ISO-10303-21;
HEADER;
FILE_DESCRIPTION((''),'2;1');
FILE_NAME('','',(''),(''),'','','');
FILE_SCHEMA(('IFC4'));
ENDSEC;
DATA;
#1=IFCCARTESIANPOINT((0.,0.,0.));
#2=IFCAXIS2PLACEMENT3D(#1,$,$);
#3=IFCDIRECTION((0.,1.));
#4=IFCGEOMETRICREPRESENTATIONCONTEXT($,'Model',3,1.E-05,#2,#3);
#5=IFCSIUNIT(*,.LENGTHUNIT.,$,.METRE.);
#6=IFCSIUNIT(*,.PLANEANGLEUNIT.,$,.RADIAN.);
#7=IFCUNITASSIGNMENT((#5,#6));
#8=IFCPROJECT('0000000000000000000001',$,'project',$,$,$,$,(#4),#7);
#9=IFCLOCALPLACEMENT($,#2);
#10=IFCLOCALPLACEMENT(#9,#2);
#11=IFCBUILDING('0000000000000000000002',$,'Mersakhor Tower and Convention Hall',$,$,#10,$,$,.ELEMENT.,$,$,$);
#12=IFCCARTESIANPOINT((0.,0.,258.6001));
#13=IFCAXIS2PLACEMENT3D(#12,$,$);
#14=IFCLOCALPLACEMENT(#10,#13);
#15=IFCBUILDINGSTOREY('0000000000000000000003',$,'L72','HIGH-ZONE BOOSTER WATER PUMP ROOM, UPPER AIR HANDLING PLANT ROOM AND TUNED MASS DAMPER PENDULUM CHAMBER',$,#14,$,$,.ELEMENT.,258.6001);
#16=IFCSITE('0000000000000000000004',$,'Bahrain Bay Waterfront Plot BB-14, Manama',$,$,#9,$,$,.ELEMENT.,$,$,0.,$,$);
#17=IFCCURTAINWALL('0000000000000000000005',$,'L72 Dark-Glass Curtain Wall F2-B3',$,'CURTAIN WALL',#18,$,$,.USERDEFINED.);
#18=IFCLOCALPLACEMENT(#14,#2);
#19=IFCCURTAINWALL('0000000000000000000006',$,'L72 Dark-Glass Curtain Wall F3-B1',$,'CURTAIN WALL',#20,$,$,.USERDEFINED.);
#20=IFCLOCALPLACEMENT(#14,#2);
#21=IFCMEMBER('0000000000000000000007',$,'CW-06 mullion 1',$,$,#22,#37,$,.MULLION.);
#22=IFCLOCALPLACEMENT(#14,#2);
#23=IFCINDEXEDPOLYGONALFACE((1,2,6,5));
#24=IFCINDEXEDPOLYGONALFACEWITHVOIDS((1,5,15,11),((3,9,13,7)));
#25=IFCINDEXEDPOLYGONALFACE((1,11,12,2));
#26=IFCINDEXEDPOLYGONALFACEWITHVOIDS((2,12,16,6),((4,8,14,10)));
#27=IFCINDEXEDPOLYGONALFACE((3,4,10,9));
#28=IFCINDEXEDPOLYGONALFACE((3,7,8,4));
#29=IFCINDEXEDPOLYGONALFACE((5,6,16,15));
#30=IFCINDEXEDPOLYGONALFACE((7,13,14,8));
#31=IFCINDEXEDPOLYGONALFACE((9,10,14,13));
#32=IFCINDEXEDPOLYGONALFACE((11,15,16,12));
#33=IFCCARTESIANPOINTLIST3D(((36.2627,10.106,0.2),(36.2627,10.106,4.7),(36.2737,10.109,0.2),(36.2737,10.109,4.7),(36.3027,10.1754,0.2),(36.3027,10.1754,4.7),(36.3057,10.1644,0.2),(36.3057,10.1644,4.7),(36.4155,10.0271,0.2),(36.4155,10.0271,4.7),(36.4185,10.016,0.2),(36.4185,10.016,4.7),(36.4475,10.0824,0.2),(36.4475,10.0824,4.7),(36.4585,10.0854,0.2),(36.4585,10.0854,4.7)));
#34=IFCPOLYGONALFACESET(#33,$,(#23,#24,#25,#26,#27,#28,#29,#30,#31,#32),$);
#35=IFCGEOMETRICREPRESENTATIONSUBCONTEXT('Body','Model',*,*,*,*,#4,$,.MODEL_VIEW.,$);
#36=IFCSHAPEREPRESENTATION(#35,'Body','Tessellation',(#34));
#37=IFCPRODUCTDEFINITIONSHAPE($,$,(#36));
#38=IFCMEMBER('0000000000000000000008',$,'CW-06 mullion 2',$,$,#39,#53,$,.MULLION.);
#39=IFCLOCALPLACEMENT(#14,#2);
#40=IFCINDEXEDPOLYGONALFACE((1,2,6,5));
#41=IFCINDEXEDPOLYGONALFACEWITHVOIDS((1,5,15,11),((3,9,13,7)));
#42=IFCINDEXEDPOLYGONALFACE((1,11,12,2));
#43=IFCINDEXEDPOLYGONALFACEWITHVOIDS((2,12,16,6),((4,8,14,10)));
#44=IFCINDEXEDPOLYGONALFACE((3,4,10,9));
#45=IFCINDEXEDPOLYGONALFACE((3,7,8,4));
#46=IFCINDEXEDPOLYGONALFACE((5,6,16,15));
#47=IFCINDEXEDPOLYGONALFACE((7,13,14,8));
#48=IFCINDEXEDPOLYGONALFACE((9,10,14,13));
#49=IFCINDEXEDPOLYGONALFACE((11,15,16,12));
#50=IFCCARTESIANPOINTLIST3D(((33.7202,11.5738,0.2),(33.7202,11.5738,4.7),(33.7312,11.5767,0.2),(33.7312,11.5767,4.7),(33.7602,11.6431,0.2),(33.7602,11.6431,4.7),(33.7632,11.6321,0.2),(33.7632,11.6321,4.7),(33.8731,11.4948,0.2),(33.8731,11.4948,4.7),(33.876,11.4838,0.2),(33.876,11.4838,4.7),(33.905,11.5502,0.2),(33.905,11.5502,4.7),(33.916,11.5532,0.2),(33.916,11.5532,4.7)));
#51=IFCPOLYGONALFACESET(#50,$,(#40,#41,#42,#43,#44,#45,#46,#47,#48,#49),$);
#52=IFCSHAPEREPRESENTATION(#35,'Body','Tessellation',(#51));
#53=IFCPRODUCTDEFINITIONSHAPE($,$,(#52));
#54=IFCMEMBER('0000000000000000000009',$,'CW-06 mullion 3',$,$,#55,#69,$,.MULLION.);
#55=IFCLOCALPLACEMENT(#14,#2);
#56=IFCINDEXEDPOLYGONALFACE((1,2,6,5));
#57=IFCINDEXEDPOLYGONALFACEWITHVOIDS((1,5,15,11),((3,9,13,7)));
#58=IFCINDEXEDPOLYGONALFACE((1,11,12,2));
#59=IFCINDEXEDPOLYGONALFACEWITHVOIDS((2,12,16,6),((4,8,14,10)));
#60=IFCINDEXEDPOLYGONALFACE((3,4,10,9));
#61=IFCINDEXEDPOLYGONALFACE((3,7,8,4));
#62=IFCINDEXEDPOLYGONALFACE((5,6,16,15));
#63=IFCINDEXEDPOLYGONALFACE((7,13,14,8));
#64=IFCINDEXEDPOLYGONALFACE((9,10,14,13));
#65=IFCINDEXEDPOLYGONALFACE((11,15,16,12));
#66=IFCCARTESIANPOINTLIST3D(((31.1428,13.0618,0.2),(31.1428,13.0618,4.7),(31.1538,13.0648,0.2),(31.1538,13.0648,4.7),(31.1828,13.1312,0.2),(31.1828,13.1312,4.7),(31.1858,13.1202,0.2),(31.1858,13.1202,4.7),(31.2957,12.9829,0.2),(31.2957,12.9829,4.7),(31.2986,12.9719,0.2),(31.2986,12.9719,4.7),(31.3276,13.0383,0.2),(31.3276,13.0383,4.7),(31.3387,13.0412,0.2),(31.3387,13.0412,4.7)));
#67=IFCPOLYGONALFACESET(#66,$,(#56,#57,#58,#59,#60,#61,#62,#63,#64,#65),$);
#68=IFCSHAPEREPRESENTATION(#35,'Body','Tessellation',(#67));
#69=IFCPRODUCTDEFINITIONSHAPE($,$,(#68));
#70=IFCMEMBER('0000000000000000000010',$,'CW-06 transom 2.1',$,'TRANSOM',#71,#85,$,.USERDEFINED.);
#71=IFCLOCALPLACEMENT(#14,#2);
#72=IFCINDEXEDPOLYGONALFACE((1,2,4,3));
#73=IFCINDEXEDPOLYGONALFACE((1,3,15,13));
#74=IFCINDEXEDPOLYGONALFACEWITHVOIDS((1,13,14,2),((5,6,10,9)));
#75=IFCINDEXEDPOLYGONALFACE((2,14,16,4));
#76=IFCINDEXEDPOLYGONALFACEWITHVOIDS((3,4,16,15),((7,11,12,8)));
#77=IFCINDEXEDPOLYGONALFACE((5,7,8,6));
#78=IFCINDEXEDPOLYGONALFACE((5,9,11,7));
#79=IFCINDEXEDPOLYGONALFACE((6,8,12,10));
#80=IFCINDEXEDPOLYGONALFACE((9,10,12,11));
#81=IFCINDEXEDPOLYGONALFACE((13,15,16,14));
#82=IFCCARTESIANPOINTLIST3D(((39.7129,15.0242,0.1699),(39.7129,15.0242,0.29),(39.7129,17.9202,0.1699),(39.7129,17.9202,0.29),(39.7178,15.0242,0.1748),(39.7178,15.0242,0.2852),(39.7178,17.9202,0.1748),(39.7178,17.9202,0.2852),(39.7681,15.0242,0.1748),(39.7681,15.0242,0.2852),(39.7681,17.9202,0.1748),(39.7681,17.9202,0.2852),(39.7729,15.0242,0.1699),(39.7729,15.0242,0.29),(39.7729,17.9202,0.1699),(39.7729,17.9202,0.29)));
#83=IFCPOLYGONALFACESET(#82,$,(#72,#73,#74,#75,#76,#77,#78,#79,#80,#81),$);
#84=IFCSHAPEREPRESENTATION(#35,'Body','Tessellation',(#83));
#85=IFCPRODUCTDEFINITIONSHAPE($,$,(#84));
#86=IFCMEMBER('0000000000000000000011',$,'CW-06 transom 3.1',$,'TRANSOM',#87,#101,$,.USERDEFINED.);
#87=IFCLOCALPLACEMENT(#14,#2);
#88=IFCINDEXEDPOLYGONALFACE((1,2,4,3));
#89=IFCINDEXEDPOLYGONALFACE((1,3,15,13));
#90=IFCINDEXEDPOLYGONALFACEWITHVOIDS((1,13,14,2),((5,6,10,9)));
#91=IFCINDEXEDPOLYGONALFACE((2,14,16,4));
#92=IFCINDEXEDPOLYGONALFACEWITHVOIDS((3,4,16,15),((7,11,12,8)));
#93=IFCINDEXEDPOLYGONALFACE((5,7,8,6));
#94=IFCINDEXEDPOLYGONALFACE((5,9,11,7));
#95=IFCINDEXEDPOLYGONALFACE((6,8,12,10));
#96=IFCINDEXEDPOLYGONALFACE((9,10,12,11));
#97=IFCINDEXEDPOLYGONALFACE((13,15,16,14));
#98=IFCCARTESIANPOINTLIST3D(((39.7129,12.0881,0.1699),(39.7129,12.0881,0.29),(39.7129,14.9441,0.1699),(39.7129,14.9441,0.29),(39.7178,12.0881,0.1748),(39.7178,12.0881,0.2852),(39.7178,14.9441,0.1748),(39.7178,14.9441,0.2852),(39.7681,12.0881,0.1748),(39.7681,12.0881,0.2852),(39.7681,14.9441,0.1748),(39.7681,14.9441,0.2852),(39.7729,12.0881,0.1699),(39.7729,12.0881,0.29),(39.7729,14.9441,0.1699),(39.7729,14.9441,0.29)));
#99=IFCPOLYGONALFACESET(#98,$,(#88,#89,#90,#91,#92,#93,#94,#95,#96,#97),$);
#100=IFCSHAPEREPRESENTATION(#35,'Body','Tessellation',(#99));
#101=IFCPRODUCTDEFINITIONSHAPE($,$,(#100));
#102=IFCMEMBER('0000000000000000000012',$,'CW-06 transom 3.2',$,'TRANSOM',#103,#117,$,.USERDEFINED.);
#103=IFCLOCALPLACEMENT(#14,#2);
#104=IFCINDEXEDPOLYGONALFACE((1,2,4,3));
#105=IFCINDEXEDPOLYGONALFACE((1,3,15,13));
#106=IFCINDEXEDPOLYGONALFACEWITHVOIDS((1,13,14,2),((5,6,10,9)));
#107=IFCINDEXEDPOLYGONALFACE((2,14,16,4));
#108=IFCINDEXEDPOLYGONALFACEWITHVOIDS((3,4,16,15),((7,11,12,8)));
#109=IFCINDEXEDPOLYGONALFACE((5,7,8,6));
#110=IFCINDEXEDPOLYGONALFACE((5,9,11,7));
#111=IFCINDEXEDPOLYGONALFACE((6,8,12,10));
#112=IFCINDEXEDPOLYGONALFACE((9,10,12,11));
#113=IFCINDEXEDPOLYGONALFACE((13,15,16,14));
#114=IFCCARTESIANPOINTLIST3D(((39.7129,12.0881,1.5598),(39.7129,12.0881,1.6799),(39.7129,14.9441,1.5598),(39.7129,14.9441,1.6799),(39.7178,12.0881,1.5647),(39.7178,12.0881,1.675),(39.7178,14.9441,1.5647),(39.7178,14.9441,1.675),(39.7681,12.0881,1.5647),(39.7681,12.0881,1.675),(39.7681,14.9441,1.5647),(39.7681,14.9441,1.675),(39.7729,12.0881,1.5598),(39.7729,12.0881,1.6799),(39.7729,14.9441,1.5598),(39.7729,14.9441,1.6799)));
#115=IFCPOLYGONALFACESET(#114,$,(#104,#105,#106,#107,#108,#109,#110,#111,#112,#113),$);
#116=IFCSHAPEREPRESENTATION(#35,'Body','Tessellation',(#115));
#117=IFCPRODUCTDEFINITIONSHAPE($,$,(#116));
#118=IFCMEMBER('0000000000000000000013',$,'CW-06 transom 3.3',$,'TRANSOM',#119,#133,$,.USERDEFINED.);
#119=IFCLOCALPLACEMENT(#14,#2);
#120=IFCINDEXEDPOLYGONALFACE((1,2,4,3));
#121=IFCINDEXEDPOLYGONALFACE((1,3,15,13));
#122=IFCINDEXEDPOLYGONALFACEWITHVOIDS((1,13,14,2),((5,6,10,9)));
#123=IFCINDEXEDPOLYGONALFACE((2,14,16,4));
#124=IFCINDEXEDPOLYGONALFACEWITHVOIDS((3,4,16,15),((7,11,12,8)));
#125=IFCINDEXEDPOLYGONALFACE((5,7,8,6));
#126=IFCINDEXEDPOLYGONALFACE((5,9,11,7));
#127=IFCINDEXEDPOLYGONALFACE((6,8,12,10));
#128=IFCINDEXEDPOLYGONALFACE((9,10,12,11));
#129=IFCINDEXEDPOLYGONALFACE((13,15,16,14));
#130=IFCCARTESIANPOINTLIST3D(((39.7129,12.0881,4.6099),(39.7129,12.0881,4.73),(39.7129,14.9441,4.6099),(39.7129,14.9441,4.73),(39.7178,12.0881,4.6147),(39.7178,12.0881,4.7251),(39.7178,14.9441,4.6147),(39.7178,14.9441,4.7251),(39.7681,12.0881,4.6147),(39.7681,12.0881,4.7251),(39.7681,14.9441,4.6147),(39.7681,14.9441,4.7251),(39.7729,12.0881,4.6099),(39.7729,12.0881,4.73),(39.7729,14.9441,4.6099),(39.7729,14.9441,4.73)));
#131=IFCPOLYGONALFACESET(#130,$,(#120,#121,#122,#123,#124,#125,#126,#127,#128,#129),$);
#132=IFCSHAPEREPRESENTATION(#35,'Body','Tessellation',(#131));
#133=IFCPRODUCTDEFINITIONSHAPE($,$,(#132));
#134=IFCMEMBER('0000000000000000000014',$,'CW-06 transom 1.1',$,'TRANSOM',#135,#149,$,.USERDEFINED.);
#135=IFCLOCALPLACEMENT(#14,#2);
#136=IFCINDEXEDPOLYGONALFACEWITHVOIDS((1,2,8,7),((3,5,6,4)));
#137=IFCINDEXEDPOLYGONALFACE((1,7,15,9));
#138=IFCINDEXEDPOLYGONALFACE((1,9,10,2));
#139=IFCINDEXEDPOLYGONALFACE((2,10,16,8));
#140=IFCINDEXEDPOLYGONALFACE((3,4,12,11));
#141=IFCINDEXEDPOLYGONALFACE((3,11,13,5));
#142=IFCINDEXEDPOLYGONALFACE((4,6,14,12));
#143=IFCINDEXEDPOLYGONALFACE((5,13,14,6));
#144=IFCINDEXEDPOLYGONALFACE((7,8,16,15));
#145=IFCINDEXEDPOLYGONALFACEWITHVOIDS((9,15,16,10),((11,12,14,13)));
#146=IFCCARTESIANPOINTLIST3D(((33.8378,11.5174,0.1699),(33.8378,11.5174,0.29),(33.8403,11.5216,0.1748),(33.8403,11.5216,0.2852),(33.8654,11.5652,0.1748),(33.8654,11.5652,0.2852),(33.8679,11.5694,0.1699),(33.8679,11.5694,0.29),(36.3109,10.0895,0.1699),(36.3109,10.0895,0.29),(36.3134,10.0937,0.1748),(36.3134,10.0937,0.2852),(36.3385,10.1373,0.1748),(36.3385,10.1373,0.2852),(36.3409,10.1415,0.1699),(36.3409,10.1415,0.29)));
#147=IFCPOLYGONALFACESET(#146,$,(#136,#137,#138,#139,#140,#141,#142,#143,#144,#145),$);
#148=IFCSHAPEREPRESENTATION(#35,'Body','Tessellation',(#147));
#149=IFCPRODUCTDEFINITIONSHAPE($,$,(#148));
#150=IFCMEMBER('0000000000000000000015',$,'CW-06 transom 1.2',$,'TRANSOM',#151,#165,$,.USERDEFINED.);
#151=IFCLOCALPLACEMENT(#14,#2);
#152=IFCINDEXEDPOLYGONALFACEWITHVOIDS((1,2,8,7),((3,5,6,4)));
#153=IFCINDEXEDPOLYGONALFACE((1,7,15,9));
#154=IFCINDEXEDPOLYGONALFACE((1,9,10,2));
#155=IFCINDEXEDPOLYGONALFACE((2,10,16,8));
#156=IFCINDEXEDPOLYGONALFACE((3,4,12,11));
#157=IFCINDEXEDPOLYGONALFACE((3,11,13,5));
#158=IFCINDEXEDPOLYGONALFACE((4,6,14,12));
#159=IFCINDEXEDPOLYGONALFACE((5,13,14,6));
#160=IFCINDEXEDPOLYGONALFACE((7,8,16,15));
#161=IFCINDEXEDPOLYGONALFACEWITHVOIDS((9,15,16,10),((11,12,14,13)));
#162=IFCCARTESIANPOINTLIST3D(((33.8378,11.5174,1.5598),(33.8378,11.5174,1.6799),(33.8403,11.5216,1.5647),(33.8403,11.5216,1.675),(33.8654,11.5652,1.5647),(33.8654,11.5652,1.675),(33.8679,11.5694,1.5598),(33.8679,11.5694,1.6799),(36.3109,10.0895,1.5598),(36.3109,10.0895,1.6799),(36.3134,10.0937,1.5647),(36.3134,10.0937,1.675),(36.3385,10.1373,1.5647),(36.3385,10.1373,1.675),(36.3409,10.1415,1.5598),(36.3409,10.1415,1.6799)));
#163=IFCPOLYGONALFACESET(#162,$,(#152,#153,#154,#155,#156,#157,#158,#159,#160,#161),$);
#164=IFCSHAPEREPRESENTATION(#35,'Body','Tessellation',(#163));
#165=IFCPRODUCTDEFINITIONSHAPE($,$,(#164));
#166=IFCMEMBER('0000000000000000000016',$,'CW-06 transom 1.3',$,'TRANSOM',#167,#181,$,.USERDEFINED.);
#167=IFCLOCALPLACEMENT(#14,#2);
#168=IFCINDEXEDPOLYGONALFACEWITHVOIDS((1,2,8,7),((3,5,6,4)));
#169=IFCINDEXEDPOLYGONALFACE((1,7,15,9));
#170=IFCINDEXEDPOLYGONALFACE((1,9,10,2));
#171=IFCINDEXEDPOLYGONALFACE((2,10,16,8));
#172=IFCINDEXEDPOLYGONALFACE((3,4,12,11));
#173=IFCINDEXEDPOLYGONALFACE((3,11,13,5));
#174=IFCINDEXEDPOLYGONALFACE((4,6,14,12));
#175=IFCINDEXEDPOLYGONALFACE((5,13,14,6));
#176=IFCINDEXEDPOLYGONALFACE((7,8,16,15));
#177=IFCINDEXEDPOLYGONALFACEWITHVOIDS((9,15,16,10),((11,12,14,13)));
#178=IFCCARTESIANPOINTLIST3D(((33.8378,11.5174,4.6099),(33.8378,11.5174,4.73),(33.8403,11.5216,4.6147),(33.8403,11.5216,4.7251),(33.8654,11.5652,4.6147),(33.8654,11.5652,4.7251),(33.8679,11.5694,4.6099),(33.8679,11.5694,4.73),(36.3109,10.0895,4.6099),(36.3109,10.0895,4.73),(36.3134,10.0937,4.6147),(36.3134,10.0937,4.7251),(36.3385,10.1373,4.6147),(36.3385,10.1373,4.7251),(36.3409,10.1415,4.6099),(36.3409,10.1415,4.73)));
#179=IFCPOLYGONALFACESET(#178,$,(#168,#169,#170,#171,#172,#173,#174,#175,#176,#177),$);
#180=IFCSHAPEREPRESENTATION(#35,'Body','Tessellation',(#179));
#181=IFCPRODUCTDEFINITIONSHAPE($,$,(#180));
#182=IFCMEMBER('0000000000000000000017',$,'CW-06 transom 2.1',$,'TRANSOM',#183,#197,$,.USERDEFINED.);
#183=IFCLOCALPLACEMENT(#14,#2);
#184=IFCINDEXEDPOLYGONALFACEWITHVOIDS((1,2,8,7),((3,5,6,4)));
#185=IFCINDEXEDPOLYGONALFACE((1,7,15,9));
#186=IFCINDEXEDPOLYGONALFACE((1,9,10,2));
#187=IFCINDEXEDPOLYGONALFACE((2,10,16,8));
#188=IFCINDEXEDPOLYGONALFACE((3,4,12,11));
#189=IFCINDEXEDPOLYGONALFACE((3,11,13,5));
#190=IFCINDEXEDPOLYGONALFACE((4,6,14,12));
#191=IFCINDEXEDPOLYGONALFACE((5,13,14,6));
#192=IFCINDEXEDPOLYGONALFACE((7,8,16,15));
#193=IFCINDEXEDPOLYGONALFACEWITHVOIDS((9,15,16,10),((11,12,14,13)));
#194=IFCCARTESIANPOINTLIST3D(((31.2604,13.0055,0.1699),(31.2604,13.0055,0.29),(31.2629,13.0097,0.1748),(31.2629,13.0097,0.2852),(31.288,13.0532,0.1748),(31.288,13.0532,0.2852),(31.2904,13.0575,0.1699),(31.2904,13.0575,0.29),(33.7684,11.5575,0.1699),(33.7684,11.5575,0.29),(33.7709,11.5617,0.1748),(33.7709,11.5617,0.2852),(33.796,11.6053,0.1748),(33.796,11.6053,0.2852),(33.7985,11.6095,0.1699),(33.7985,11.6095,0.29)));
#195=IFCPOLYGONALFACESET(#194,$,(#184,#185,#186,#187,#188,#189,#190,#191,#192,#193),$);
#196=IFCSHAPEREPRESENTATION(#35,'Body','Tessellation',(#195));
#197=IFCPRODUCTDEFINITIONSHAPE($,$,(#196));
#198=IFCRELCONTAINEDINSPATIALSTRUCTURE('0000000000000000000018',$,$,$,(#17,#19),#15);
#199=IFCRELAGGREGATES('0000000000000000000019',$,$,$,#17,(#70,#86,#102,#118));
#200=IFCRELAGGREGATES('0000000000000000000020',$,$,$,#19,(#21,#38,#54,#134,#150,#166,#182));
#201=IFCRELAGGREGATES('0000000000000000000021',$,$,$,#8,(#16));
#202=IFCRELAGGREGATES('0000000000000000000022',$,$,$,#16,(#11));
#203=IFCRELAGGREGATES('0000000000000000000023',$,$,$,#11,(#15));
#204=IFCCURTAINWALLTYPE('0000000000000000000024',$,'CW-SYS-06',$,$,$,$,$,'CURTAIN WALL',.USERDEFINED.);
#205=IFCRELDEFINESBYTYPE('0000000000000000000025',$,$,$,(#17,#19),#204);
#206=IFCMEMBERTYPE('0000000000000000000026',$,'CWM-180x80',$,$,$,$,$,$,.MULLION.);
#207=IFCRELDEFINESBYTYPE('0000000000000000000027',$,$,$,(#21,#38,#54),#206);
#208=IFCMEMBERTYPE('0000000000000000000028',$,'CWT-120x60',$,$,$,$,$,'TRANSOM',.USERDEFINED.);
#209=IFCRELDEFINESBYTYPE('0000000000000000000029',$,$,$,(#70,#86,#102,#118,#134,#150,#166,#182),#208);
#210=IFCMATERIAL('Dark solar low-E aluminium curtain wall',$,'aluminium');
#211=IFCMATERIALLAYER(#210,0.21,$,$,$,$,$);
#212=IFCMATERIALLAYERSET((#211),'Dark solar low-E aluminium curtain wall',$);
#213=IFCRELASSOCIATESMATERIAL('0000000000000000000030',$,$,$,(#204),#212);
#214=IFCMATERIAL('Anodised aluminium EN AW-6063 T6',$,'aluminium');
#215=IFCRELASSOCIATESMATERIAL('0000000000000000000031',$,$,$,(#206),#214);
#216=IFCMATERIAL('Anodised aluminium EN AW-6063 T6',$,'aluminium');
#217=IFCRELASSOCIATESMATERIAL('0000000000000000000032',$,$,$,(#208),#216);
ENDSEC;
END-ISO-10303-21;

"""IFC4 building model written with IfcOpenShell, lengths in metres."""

from ifc_helpers import new_model, si_unit, direction, frame, origin, origin_2d, place, context, subcontext, project, spatial, hollow_rectangle, extrude, material, layer, layer_set, material_profile, profile_set, type_object, element, aggregate, save


model = new_model("IFC4")

# Units and contexts
model_context = context("Model", 3, precision=1e-05, world=origin(), true_north=direction((0.0, 1.0)))
body_context = subcontext(model_context, "Body", "Model", "MODEL_VIEW")
ifc_project = project(units=[si_unit("LENGTHUNIT", "METRE"), si_unit("PLANEANGLEUNIT", "RADIAN")], contexts=[model_context])

# Site, building, storey
site_placement = place(None, origin())
site = spatial("IfcSite", under=ifc_project, at=site_placement, Name="Bahrain Bay Waterfront Plot BB-14, Manama", CompositionType="ELEMENT", RefElevation=0.0)
building_placement = place(site_placement, origin())
building = spatial("IfcBuilding", under=site, at=building_placement, Name="Mersakhor Tower and Convention Hall", CompositionType="ELEMENT")
storey_placement = place(building_placement, frame((0.0, 0.0, 258.6001)))
storey = spatial("IfcBuildingStorey", under=building, at=storey_placement, Name="L72", Description="HIGH-ZONE BOOSTER WATER PUMP ROOM, UPPER AIR HANDLING PLANT ROOM AND TUNED MASS DAMPER PENDULUM CHAMBER", CompositionType="ELEMENT", Elevation=258.6001)

# Curtain walls, members
ifc_material_1 = material(Name="Dark solar low-E aluminium curtain wall", Category="aluminium")
ifc_layer_1 = layer(ifc_material_1, 0.21)
ifc_layer_set_1 = layer_set([ifc_layer_1], Name="Dark solar low-E aluminium curtain wall")
curtain_wall_type = type_object("IfcCurtainWallType", Name="CW-SYS-06", ElementType="CURTAIN WALL", PredefinedType="USERDEFINED", material=ifc_layer_set_1)
curtain_wall_1_placement = place(storey_placement, origin())
curtain_wall_1 = element("IfcCurtainWall", 1, at=curtain_wall_1_placement, inside=storey, type_object=curtain_wall_type, Name="L72 Dark-Glass Curtain Wall F2-B3", ObjectType="CURTAIN WALL", PredefinedType="USERDEFINED")
ifc_material_2 = material(Name="Anodised aluminium EN AW-6063 T6", Category="aluminium")
ifc_material_profile_1 = material_profile(ifc_material_2, hollow_rectangle(XDim=0.0801, YDim=0.1799, WallThickness=0.0081, at=origin_2d()), Name="RHS 180x80x8")
ifc_profile_set_1 = profile_set([ifc_material_profile_1], Name="Anodised aluminium EN AW-6063 T6")
member_type_1 = type_object("IfcMemberType", Name="CWM-180x80", PredefinedType="MULLION", material=ifc_profile_set_1)
curtain_wall_2_placement = place(storey_placement, origin())
curtain_wall_2 = element("IfcCurtainWall", 2, at=curtain_wall_2_placement, inside=storey, type_object=curtain_wall_type, Name="L72 Dark-Glass Curtain Wall F3-B1", ObjectType="CURTAIN WALL", PredefinedType="USERDEFINED")
member_1_placement = place(storey_placement, frame((36.3606, 10.0957, 0.2), z_axis=(0.0, 0.0, 1.0), x_axis=(-0.5, -0.866025, 0.0)))
member_1 = element("IfcMember", 3, at=member_1_placement, type_object=member_type_1, Name="CW-06 mullion 1", PredefinedType="MULLION", context=body_context, shape_type="SweptSolid", body=[
    extrude(hollow_rectangle(XDim=0.0801, YDim=0.1799, WallThickness=0.0081, at=origin_2d()), origin(), (0.0, 0.0, 1.0), 4.5),
])
member_2_placement = place(storey_placement, frame((33.8181, 11.5635, 0.2), z_axis=(0.0, 0.0, 1.0), x_axis=(-0.5, -0.866025, 0.0)))
member_2 = element("IfcMember", 4, at=member_2_placement, type_object=member_type_1, Name="CW-06 mullion 2", PredefinedType="MULLION", context=body_context, shape_type="SweptSolid", body=[
    extrude(hollow_rectangle(XDim=0.0801, YDim=0.1799, WallThickness=0.0081, at=origin_2d()), origin(), (0.0, 0.0, 1.0), 4.5),
])
member_3_placement = place(storey_placement, frame((31.2407, 13.0515, 0.2), z_axis=(0.0, 0.0, 1.0), x_axis=(-0.5, -0.866025, 0.0)))
member_3 = element("IfcMember", 5, at=member_3_placement, type_object=member_type_1, Name="CW-06 mullion 3", PredefinedType="MULLION", context=body_context, shape_type="SweptSolid", body=[
    extrude(hollow_rectangle(XDim=0.0801, YDim=0.1799, WallThickness=0.0081, at=origin_2d()), origin(), (0.0, 0.0, 1.0), 4.5),
])

# Members
ifc_material_3 = material(Name="Anodised aluminium EN AW-6063 T6", Category="aluminium")
ifc_material_profile_2 = material_profile(ifc_material_3, hollow_rectangle(XDim=0.0601, YDim=0.1201, WallThickness=0.0049, at=origin_2d()), Name="RHS 120x60x5")
ifc_profile_set_2 = profile_set([ifc_material_profile_2], Name="Anodised aluminium EN AW-6063 T6")
member_type_2 = type_object("IfcMemberType", Name="CWT-120x60", ElementType="TRANSOM", PredefinedType="USERDEFINED", material=ifc_profile_set_2)
member_4_placement = place(storey_placement, frame((39.7429, 17.9202, 0.23), z_axis=(0.0, -1.0, 0.0), x_axis=(1.0, 0.0, 0.0)))
member_4 = element("IfcMember", 6, at=member_4_placement, type_object=member_type_2, Name="CW-06 transom 2.1", ObjectType="TRANSOM", PredefinedType="USERDEFINED", context=body_context, shape_type="SweptSolid", body=[
    extrude(hollow_rectangle(XDim=0.0601, YDim=0.1201, WallThickness=0.0049, at=origin_2d()), origin(), (0.0, 0.0, 1.0), 2.896),
])
member_5_placement = place(storey_placement, frame((39.7429, 14.9441, 0.23), z_axis=(0.0, -1.0, 0.0), x_axis=(1.0, 0.0, 0.0)))
member_5 = element("IfcMember", 7, at=member_5_placement, type_object=member_type_2, Name="CW-06 transom 3.1", ObjectType="TRANSOM", PredefinedType="USERDEFINED", context=body_context, shape_type="SweptSolid", body=[
    extrude(hollow_rectangle(XDim=0.0601, YDim=0.1201, WallThickness=0.0049, at=origin_2d()), origin(), (0.0, 0.0, 1.0), 2.856),
])
member_6_placement = place(storey_placement, frame((39.7429, 14.9441, 1.6199), z_axis=(0.0, -1.0, 0.0), x_axis=(1.0, 0.0, 0.0)))
member_6 = element("IfcMember", 8, at=member_6_placement, type_object=member_type_2, Name="CW-06 transom 3.2", ObjectType="TRANSOM", PredefinedType="USERDEFINED", context=body_context, shape_type="SweptSolid", body=[
    extrude(hollow_rectangle(XDim=0.0601, YDim=0.1201, WallThickness=0.0049, at=origin_2d()), origin(), (0.0, 0.0, 1.0), 2.856),
])
member_7_placement = place(storey_placement, frame((39.7429, 14.9441, 4.6699), z_axis=(0.0, -1.0, 0.0), x_axis=(1.0, 0.0, 0.0)))
member_7 = element("IfcMember", 9, at=member_7_placement, type_object=member_type_2, Name="CW-06 transom 3.3", ObjectType="TRANSOM", PredefinedType="USERDEFINED", context=body_context, shape_type="SweptSolid", body=[
    extrude(hollow_rectangle(XDim=0.0601, YDim=0.1201, WallThickness=0.0049, at=origin_2d()), origin(), (0.0, 0.0, 1.0), 2.856),
])
member_8_placement = place(storey_placement, frame((36.3259, 10.1155, 0.23), z_axis=(-0.866009, 0.500028, 0.0), x_axis=(-0.500028, -0.866009, 0.0)))
member_8 = element("IfcMember", 10, at=member_8_placement, type_object=member_type_2, Name="CW-06 transom 1.1", ObjectType="TRANSOM", PredefinedType="USERDEFINED", context=body_context, shape_type="SweptSolid", body=[
    extrude(hollow_rectangle(XDim=0.0601, YDim=0.1201, WallThickness=0.0049, at=origin_2d()), origin(), (0.0, 0.0, 1.0), 2.8557),
])
member_9_placement = place(storey_placement, frame((36.3259, 10.1155, 1.6199), z_axis=(-0.866009, 0.500028, 0.0), x_axis=(-0.500028, -0.866009, 0.0)))
member_9 = element("IfcMember", 11, at=member_9_placement, type_object=member_type_2, Name="CW-06 transom 1.2", ObjectType="TRANSOM", PredefinedType="USERDEFINED", context=body_context, shape_type="SweptSolid", body=[
    extrude(hollow_rectangle(XDim=0.0601, YDim=0.1201, WallThickness=0.0049, at=origin_2d()), origin(), (0.0, 0.0, 1.0), 2.8557),
])
member_10_placement = place(storey_placement, frame((36.3259, 10.1155, 4.6699), z_axis=(-0.866009, 0.500028, 0.0), x_axis=(-0.500028, -0.866009, 0.0)))
member_10 = element("IfcMember", 12, at=member_10_placement, type_object=member_type_2, Name="CW-06 transom 1.3", ObjectType="TRANSOM", PredefinedType="USERDEFINED", context=body_context, shape_type="SweptSolid", body=[
    extrude(hollow_rectangle(XDim=0.0601, YDim=0.1201, WallThickness=0.0049, at=origin_2d()), origin(), (0.0, 0.0, 1.0), 2.8557),
])
member_11_placement = place(storey_placement, frame((33.7834, 11.5835, 0.23), z_axis=(-0.86603, 0.499992, 0.0), x_axis=(-0.499992, -0.86603, 0.0)))
member_11 = element("IfcMember", 13, at=member_11_placement, type_object=member_type_2, Name="CW-06 transom 2.1", ObjectType="TRANSOM", PredefinedType="USERDEFINED", context=body_context, shape_type="SweptSolid", body=[
    extrude(hollow_rectangle(XDim=0.0601, YDim=0.1201, WallThickness=0.0049, at=origin_2d()), origin(), (0.0, 0.0, 1.0), 2.896),
])

aggregate(curtain_wall_1, [member_4, member_5, member_6, member_7])
aggregate(curtain_wall_2, [member_1, member_2, member_3, member_8, member_9, member_10, member_11])

save(model, "model.ifc")
